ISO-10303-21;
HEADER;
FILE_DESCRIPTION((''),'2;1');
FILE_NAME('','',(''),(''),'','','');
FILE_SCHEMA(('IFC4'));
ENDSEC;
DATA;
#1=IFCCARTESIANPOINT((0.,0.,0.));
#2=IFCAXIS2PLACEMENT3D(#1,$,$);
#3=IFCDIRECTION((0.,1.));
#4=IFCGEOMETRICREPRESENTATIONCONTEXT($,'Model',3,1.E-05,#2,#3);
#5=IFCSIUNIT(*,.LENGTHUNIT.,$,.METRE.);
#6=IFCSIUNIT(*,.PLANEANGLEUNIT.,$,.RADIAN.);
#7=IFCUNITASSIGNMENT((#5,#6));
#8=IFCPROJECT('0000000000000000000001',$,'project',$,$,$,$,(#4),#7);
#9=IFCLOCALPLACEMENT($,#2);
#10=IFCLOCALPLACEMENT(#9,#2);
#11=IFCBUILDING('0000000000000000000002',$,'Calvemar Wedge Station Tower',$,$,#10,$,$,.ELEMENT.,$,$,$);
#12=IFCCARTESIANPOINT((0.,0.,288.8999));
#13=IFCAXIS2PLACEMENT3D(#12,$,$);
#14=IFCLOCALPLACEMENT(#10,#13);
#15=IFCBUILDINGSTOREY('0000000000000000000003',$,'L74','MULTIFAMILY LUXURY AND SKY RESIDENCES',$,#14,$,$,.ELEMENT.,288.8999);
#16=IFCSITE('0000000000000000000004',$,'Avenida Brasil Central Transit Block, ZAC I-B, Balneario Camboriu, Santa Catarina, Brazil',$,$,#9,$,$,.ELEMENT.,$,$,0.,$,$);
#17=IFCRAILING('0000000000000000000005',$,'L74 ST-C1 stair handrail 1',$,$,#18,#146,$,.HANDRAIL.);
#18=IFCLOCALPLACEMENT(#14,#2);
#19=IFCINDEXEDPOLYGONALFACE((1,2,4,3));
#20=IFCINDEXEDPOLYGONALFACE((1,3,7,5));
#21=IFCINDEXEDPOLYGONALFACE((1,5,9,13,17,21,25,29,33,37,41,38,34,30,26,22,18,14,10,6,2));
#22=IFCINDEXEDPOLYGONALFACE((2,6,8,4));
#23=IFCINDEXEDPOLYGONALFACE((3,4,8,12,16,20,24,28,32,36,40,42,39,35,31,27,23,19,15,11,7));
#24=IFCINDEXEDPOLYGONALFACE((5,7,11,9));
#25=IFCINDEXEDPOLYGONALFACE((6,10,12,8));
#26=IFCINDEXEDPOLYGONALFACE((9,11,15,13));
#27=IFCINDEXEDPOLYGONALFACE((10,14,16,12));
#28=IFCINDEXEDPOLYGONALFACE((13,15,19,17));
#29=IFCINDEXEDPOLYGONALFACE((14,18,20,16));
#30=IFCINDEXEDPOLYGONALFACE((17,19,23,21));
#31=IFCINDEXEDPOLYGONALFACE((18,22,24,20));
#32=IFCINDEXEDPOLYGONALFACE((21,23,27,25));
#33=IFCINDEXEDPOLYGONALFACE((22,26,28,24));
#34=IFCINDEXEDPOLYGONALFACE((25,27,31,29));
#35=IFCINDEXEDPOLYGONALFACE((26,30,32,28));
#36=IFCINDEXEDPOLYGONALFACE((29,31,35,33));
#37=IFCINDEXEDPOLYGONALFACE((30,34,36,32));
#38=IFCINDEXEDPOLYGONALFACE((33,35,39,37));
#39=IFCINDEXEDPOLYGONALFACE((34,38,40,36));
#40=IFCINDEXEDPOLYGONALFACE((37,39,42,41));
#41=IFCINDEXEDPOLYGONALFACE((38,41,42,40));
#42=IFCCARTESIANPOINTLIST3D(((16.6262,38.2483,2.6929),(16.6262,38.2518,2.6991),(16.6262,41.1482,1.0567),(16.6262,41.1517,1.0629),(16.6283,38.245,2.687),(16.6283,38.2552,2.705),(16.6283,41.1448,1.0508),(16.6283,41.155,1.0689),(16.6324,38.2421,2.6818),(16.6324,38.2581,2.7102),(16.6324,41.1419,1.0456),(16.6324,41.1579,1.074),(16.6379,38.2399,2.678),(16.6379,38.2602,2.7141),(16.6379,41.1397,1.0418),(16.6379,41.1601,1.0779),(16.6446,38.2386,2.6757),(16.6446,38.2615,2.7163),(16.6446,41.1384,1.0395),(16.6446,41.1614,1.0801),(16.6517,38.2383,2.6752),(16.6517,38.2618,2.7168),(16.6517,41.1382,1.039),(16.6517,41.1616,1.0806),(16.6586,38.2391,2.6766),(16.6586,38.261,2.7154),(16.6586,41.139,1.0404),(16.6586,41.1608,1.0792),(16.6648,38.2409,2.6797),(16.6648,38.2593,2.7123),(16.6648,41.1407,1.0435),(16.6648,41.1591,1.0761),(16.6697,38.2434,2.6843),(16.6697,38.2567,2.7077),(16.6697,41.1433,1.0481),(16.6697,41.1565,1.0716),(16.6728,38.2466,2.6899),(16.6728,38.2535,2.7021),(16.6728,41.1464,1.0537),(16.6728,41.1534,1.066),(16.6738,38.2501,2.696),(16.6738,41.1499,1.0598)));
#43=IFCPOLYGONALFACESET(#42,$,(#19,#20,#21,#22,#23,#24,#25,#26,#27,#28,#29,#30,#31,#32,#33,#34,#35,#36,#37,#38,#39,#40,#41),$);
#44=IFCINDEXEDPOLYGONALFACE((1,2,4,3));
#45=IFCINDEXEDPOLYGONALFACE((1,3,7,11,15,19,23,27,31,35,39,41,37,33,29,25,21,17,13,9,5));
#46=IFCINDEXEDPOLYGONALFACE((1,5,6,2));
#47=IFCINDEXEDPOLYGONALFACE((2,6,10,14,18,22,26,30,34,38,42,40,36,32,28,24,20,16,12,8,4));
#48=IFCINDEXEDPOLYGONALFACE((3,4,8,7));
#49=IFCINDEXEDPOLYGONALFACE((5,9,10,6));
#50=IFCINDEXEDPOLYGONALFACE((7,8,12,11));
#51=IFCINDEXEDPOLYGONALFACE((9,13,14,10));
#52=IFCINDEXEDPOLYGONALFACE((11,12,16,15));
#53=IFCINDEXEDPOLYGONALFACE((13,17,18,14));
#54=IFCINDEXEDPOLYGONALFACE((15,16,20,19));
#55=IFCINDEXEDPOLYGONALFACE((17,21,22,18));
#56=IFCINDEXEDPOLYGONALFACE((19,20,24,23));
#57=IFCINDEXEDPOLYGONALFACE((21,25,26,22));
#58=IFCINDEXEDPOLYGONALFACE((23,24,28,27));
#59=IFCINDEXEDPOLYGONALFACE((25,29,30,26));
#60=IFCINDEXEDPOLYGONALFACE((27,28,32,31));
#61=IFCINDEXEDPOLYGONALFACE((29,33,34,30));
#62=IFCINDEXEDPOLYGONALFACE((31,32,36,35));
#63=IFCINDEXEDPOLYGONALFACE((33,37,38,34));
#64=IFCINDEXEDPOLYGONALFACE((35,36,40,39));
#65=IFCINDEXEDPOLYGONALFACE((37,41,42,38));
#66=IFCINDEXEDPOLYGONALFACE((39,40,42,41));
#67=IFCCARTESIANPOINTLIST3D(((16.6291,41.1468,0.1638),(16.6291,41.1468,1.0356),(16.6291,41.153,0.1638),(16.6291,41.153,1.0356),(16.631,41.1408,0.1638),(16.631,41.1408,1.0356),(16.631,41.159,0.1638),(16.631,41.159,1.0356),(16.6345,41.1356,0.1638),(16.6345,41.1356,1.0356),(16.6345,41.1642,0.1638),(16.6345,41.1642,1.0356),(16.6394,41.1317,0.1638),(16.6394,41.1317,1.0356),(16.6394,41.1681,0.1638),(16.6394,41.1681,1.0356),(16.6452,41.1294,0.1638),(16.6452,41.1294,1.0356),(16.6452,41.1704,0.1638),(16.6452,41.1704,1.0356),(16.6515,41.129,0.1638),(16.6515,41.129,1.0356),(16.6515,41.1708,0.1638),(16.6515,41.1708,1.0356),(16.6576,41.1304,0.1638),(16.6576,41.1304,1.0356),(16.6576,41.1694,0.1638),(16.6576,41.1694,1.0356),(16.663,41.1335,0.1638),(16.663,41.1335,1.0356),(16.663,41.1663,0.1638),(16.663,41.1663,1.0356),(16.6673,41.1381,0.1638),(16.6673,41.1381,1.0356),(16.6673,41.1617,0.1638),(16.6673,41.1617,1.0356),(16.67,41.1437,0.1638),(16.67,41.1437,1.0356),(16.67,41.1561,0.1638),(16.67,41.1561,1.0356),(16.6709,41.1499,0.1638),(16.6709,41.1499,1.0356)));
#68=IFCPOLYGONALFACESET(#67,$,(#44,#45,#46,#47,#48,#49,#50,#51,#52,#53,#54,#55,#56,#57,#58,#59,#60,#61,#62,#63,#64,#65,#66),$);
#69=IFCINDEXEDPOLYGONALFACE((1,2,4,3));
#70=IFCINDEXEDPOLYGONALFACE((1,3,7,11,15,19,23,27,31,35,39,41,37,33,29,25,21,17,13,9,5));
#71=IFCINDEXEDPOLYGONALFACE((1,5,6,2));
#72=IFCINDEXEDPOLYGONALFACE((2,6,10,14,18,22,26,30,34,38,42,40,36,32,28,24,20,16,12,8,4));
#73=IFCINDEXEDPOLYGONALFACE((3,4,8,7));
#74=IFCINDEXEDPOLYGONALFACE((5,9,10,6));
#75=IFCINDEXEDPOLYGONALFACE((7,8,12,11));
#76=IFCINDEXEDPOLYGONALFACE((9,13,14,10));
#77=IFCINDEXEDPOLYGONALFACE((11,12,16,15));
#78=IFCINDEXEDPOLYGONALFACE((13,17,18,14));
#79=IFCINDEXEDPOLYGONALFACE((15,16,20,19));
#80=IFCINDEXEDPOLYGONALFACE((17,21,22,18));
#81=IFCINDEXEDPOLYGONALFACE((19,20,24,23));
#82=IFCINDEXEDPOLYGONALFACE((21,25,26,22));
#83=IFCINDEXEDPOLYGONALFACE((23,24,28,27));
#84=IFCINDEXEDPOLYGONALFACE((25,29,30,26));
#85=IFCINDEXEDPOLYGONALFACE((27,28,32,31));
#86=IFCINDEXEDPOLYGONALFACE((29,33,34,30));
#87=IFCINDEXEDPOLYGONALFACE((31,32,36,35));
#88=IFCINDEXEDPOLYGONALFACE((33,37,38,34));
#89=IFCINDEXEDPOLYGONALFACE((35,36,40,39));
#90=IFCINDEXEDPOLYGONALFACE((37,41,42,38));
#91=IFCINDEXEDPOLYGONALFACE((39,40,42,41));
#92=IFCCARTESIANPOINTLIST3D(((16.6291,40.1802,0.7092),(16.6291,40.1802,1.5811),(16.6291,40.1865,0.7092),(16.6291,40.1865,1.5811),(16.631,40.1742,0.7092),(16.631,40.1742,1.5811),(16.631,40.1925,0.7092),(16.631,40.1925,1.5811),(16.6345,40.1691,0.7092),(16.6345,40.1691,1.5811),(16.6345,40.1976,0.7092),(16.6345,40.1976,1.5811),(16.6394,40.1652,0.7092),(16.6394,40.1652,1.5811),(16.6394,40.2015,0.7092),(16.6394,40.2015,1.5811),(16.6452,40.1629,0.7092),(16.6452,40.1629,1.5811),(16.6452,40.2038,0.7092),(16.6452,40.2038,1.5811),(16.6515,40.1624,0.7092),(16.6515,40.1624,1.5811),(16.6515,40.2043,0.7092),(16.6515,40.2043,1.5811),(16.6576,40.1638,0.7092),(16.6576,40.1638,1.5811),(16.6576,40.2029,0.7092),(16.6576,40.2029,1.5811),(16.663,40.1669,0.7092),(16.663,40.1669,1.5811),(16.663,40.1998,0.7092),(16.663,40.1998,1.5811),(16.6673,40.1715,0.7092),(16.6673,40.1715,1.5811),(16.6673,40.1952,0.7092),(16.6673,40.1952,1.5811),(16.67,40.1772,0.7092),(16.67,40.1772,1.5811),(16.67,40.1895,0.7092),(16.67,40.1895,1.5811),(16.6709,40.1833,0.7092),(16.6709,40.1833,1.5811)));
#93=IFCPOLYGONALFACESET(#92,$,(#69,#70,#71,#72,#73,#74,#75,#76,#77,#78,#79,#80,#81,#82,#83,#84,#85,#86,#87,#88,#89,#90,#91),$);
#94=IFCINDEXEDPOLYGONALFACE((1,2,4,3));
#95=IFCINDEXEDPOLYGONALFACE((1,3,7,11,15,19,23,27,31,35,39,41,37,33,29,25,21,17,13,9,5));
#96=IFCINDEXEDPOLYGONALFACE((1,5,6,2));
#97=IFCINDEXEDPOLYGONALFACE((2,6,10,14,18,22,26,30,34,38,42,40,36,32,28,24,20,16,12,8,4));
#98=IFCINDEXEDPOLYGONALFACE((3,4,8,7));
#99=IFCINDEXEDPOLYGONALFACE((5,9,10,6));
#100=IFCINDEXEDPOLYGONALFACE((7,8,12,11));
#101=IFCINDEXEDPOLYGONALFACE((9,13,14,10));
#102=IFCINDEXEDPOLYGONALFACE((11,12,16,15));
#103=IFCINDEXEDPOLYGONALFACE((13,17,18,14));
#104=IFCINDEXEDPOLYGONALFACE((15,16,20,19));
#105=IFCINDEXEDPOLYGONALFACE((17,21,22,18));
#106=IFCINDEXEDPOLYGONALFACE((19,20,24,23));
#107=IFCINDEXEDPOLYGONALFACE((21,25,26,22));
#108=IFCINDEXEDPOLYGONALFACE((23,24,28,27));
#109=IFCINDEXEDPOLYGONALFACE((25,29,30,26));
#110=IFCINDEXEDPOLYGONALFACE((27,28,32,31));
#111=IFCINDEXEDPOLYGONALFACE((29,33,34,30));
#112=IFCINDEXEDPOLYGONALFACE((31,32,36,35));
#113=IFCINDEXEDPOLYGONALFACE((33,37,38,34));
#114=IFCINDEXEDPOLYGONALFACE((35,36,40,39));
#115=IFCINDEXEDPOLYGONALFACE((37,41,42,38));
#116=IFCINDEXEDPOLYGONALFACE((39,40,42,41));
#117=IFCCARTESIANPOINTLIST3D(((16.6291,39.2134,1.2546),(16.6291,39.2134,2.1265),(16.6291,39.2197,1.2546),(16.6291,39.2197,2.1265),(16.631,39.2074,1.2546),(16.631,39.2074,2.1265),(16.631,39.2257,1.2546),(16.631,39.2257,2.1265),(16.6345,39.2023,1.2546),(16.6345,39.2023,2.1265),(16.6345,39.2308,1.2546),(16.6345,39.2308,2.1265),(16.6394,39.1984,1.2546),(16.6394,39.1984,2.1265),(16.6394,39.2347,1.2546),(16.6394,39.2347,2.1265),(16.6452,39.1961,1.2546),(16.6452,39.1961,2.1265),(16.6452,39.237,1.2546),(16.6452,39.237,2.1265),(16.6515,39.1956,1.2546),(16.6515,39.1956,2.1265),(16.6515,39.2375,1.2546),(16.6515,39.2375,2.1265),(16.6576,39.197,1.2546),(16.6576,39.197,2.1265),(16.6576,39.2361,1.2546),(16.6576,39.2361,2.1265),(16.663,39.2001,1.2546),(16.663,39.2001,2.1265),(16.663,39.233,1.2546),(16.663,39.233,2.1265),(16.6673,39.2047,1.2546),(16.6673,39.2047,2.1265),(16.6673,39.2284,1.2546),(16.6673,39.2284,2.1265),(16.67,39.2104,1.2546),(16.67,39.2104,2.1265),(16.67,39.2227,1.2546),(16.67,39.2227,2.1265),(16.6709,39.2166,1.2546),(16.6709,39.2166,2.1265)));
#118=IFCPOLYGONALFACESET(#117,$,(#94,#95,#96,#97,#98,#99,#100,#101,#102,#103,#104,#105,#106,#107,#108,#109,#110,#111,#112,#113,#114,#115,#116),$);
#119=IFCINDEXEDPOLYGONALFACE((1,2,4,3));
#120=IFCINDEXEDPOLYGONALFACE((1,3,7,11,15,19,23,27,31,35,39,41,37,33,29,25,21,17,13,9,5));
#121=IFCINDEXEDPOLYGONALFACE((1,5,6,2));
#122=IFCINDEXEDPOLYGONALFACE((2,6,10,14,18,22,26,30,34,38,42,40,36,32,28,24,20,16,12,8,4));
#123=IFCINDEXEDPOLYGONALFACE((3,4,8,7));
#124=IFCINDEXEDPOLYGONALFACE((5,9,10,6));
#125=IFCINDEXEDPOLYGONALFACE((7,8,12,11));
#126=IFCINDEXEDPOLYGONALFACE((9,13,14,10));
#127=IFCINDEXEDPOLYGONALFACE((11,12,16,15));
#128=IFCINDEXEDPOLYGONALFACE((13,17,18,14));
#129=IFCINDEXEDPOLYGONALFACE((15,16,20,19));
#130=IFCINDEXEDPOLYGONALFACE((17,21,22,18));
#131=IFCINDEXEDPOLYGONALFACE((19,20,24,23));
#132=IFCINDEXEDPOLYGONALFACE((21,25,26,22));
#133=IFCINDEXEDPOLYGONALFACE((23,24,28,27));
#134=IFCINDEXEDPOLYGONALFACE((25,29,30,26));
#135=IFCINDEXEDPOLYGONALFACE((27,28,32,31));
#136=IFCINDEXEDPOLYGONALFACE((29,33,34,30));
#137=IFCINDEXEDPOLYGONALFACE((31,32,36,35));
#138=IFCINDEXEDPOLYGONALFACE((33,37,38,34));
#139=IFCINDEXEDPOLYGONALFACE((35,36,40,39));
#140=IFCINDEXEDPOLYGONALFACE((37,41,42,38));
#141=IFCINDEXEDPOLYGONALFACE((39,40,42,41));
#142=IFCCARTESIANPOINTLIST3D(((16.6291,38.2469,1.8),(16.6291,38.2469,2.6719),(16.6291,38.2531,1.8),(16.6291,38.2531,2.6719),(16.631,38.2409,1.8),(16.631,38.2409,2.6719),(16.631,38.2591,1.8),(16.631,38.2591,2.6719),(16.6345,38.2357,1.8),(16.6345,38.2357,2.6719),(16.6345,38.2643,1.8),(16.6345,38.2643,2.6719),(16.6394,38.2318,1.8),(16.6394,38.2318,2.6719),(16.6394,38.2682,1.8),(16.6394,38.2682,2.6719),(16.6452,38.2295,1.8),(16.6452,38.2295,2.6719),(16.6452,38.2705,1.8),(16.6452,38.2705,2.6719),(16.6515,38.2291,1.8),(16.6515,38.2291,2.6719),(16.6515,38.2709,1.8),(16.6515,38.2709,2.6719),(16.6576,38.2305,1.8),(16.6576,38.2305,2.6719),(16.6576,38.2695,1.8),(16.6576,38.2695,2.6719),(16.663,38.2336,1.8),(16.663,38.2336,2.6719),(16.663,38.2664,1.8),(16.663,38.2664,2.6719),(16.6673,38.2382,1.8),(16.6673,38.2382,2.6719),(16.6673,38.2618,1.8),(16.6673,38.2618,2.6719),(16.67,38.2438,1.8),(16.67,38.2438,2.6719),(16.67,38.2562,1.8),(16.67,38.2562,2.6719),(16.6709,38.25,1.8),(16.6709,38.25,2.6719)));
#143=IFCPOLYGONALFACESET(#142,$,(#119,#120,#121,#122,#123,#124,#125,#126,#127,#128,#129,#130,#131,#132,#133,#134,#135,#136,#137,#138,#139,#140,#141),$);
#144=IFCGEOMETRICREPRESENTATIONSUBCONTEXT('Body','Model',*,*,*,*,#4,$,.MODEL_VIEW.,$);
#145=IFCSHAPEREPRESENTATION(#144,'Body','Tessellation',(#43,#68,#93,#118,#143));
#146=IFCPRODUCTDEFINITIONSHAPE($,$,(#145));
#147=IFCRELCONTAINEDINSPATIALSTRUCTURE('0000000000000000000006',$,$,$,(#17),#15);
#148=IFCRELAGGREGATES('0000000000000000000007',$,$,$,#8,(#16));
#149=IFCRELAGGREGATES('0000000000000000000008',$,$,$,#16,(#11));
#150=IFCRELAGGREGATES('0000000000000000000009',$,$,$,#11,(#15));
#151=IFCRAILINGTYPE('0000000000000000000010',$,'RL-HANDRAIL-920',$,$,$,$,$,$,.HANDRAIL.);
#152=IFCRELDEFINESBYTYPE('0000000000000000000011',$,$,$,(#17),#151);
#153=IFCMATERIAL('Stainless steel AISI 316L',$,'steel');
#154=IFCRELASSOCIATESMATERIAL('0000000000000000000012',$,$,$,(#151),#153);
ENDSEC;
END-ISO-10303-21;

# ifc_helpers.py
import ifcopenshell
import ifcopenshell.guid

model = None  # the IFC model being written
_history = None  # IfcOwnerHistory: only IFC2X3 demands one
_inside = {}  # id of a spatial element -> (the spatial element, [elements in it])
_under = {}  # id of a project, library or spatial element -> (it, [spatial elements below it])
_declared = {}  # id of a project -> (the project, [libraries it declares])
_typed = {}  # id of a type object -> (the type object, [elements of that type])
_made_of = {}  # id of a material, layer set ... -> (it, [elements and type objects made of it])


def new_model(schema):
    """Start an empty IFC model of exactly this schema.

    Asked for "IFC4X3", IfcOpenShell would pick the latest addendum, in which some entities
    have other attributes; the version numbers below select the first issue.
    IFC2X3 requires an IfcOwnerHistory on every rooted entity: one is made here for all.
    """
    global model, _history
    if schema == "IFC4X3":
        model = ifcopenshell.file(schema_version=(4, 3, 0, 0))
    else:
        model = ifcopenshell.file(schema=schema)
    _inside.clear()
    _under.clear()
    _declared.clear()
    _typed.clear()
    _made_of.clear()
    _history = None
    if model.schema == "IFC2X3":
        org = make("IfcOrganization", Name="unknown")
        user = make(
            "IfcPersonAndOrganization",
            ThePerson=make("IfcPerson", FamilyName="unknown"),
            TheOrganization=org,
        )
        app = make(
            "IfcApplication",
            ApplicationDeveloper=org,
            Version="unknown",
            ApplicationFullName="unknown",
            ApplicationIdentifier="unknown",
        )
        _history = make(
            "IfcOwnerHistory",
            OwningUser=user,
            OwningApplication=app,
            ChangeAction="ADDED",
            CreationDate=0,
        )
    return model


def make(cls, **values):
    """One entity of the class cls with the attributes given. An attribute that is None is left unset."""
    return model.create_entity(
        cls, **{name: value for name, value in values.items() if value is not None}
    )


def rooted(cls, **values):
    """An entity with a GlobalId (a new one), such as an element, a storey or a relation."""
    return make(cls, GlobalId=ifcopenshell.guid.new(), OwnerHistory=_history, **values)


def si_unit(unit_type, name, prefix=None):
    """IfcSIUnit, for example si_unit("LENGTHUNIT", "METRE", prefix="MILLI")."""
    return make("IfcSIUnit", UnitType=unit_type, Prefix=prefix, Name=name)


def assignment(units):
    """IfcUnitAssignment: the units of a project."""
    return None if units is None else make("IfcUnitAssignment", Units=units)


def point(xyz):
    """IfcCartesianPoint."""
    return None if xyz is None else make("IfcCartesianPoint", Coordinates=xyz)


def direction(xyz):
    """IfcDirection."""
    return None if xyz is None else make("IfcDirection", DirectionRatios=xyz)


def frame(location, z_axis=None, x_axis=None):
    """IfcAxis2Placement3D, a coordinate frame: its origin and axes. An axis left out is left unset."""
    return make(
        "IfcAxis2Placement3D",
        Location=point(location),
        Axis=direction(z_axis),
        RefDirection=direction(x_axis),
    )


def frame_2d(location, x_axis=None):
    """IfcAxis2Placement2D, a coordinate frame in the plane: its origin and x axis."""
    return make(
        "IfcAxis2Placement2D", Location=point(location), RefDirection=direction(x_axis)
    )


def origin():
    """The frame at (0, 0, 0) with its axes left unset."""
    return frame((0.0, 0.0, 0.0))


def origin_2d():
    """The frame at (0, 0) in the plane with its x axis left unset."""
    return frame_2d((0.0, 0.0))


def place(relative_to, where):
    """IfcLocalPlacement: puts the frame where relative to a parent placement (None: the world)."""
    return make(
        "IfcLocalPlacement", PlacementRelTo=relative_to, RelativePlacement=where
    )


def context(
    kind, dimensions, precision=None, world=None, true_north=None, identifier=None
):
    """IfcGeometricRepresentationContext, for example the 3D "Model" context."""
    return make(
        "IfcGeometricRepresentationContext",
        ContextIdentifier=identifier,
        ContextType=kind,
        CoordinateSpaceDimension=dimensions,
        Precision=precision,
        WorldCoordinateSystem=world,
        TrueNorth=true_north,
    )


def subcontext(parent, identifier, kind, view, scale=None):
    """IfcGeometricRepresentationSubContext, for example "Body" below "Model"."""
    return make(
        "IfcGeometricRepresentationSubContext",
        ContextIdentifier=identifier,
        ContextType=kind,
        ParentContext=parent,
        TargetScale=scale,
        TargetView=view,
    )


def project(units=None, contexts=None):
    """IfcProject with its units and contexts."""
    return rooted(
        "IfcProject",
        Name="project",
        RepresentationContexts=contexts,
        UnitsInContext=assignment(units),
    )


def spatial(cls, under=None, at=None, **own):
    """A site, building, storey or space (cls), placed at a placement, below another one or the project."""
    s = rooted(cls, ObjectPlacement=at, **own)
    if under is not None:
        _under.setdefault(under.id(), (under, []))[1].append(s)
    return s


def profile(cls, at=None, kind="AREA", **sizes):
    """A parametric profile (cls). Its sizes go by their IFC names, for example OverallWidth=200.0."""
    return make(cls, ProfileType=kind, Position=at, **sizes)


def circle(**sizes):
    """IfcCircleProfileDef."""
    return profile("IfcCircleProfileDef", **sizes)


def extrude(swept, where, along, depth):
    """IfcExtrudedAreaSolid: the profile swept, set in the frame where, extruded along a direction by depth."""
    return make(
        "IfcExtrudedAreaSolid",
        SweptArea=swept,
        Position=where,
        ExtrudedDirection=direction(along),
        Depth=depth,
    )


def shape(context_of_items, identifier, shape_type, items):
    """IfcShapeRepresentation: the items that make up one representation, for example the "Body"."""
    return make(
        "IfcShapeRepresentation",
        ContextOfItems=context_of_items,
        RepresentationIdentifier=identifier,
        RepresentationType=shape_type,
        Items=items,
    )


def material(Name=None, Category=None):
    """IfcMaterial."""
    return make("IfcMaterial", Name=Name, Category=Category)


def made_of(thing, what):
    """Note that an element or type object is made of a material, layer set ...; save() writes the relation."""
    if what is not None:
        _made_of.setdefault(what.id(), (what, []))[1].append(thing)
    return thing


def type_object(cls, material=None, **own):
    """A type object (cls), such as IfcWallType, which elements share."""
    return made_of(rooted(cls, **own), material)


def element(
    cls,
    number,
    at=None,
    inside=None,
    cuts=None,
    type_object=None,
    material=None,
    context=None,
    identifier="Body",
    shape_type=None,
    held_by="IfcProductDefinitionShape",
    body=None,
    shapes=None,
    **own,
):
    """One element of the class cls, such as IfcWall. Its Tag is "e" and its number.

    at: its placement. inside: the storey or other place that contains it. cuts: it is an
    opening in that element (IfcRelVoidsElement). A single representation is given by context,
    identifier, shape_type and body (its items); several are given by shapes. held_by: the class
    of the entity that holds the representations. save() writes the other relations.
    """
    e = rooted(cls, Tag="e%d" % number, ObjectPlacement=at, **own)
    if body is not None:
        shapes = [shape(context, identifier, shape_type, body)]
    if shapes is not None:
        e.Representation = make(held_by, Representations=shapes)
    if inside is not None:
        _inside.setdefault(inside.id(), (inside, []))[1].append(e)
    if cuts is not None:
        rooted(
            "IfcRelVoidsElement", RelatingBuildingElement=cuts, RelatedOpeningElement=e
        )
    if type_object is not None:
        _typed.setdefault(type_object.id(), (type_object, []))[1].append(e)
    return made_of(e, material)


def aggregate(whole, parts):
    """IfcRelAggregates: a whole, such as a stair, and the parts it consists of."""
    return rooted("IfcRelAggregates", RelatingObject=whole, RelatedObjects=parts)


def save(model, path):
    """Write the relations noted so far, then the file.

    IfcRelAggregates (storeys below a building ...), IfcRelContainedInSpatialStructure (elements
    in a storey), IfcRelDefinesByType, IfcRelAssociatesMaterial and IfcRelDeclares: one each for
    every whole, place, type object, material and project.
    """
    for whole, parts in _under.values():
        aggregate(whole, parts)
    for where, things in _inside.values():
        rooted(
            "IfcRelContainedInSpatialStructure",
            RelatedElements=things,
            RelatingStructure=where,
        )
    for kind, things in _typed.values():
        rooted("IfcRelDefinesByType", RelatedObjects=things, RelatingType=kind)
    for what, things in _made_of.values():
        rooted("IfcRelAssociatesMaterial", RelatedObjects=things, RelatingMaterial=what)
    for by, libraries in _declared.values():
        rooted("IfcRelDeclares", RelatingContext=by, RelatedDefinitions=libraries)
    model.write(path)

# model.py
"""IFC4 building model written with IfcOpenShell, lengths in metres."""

from ifc_helpers import new_model, si_unit, direction, frame, origin, origin_2d, place, context, subcontext, project, spatial, circle, extrude, material, type_object, element, save


model = new_model("IFC4")

# Units and contexts
model_context = context("Model", 3, precision=1e-05, world=origin(), true_north=direction((0.0, 1.0)))
body_context = subcontext(model_context, "Body", "Model", "MODEL_VIEW")
ifc_project = project(units=[si_unit("LENGTHUNIT", "METRE"), si_unit("PLANEANGLEUNIT", "RADIAN")], contexts=[model_context])

# Site, building, storey
site_placement = place(None, origin())
site = spatial("IfcSite", under=ifc_project, at=site_placement, Name="Avenida Brasil Central Transit Block, ZAC I-B, Balneario Camboriu, Santa Catarina, Brazil", CompositionType="ELEMENT", RefElevation=0.0)
building_placement = place(site_placement, origin())
building = spatial("IfcBuilding", under=site, at=building_placement, Name="Calvemar Wedge Station Tower", CompositionType="ELEMENT")
storey_placement = place(building_placement, frame((0.0, 0.0, 288.8999)))
storey = spatial("IfcBuildingStorey", under=building, at=storey_placement, Name="L74", Description="MULTIFAMILY LUXURY AND SKY RESIDENCES", CompositionType="ELEMENT", Elevation=288.8999)

# Railing
ifc_material_1 = material(Name="Stainless steel AISI 316L", Category="steel")
railing_type_1 = type_object("IfcRailingType", Name="RL-HANDRAIL-920", PredefinedType="HANDRAIL", material=ifc_material_1)
railing_1_placement = place(storey_placement, frame((16.6499, 41.1499, 0.1638)))
element("IfcRailing", 1, at=railing_1_placement, inside=storey, type_object=railing_type_1, Name="L74 ST-C1 stair handrail 1", PredefinedType="HANDRAIL", context=body_context, shape_type="SweptSolid", body=[
    extrude(circle(Radius=0.0239, at=origin_2d()), frame((0.0, 0.0, 0.896), z_axis=(0.0, -0.870929, 0.49141), x_axis=(1.0, 0.0, 0.0)), (0.0, 0.0, 1.0), 3.3296),
    extrude(circle(Radius=0.021, at=origin_2d()), origin(), (0.0, 0.0, 1.0), 0.8718),
    extrude(circle(Radius=0.021, at=origin_2d()), frame((0.0, -0.9666, 0.5454)), (0.0, 0.0, 1.0), 0.8718),
    extrude(circle(Radius=0.021, at=origin_2d()), frame((0.0, -1.9333, 1.0908)), (0.0, 0.0, 1.0), 0.8718),
    extrude(circle(Radius=0.021, at=origin_2d()), frame((0.0, -2.8999, 1.6362)), (0.0, 0.0, 1.0), 0.8718),
])

save(model, "model.ifc")
